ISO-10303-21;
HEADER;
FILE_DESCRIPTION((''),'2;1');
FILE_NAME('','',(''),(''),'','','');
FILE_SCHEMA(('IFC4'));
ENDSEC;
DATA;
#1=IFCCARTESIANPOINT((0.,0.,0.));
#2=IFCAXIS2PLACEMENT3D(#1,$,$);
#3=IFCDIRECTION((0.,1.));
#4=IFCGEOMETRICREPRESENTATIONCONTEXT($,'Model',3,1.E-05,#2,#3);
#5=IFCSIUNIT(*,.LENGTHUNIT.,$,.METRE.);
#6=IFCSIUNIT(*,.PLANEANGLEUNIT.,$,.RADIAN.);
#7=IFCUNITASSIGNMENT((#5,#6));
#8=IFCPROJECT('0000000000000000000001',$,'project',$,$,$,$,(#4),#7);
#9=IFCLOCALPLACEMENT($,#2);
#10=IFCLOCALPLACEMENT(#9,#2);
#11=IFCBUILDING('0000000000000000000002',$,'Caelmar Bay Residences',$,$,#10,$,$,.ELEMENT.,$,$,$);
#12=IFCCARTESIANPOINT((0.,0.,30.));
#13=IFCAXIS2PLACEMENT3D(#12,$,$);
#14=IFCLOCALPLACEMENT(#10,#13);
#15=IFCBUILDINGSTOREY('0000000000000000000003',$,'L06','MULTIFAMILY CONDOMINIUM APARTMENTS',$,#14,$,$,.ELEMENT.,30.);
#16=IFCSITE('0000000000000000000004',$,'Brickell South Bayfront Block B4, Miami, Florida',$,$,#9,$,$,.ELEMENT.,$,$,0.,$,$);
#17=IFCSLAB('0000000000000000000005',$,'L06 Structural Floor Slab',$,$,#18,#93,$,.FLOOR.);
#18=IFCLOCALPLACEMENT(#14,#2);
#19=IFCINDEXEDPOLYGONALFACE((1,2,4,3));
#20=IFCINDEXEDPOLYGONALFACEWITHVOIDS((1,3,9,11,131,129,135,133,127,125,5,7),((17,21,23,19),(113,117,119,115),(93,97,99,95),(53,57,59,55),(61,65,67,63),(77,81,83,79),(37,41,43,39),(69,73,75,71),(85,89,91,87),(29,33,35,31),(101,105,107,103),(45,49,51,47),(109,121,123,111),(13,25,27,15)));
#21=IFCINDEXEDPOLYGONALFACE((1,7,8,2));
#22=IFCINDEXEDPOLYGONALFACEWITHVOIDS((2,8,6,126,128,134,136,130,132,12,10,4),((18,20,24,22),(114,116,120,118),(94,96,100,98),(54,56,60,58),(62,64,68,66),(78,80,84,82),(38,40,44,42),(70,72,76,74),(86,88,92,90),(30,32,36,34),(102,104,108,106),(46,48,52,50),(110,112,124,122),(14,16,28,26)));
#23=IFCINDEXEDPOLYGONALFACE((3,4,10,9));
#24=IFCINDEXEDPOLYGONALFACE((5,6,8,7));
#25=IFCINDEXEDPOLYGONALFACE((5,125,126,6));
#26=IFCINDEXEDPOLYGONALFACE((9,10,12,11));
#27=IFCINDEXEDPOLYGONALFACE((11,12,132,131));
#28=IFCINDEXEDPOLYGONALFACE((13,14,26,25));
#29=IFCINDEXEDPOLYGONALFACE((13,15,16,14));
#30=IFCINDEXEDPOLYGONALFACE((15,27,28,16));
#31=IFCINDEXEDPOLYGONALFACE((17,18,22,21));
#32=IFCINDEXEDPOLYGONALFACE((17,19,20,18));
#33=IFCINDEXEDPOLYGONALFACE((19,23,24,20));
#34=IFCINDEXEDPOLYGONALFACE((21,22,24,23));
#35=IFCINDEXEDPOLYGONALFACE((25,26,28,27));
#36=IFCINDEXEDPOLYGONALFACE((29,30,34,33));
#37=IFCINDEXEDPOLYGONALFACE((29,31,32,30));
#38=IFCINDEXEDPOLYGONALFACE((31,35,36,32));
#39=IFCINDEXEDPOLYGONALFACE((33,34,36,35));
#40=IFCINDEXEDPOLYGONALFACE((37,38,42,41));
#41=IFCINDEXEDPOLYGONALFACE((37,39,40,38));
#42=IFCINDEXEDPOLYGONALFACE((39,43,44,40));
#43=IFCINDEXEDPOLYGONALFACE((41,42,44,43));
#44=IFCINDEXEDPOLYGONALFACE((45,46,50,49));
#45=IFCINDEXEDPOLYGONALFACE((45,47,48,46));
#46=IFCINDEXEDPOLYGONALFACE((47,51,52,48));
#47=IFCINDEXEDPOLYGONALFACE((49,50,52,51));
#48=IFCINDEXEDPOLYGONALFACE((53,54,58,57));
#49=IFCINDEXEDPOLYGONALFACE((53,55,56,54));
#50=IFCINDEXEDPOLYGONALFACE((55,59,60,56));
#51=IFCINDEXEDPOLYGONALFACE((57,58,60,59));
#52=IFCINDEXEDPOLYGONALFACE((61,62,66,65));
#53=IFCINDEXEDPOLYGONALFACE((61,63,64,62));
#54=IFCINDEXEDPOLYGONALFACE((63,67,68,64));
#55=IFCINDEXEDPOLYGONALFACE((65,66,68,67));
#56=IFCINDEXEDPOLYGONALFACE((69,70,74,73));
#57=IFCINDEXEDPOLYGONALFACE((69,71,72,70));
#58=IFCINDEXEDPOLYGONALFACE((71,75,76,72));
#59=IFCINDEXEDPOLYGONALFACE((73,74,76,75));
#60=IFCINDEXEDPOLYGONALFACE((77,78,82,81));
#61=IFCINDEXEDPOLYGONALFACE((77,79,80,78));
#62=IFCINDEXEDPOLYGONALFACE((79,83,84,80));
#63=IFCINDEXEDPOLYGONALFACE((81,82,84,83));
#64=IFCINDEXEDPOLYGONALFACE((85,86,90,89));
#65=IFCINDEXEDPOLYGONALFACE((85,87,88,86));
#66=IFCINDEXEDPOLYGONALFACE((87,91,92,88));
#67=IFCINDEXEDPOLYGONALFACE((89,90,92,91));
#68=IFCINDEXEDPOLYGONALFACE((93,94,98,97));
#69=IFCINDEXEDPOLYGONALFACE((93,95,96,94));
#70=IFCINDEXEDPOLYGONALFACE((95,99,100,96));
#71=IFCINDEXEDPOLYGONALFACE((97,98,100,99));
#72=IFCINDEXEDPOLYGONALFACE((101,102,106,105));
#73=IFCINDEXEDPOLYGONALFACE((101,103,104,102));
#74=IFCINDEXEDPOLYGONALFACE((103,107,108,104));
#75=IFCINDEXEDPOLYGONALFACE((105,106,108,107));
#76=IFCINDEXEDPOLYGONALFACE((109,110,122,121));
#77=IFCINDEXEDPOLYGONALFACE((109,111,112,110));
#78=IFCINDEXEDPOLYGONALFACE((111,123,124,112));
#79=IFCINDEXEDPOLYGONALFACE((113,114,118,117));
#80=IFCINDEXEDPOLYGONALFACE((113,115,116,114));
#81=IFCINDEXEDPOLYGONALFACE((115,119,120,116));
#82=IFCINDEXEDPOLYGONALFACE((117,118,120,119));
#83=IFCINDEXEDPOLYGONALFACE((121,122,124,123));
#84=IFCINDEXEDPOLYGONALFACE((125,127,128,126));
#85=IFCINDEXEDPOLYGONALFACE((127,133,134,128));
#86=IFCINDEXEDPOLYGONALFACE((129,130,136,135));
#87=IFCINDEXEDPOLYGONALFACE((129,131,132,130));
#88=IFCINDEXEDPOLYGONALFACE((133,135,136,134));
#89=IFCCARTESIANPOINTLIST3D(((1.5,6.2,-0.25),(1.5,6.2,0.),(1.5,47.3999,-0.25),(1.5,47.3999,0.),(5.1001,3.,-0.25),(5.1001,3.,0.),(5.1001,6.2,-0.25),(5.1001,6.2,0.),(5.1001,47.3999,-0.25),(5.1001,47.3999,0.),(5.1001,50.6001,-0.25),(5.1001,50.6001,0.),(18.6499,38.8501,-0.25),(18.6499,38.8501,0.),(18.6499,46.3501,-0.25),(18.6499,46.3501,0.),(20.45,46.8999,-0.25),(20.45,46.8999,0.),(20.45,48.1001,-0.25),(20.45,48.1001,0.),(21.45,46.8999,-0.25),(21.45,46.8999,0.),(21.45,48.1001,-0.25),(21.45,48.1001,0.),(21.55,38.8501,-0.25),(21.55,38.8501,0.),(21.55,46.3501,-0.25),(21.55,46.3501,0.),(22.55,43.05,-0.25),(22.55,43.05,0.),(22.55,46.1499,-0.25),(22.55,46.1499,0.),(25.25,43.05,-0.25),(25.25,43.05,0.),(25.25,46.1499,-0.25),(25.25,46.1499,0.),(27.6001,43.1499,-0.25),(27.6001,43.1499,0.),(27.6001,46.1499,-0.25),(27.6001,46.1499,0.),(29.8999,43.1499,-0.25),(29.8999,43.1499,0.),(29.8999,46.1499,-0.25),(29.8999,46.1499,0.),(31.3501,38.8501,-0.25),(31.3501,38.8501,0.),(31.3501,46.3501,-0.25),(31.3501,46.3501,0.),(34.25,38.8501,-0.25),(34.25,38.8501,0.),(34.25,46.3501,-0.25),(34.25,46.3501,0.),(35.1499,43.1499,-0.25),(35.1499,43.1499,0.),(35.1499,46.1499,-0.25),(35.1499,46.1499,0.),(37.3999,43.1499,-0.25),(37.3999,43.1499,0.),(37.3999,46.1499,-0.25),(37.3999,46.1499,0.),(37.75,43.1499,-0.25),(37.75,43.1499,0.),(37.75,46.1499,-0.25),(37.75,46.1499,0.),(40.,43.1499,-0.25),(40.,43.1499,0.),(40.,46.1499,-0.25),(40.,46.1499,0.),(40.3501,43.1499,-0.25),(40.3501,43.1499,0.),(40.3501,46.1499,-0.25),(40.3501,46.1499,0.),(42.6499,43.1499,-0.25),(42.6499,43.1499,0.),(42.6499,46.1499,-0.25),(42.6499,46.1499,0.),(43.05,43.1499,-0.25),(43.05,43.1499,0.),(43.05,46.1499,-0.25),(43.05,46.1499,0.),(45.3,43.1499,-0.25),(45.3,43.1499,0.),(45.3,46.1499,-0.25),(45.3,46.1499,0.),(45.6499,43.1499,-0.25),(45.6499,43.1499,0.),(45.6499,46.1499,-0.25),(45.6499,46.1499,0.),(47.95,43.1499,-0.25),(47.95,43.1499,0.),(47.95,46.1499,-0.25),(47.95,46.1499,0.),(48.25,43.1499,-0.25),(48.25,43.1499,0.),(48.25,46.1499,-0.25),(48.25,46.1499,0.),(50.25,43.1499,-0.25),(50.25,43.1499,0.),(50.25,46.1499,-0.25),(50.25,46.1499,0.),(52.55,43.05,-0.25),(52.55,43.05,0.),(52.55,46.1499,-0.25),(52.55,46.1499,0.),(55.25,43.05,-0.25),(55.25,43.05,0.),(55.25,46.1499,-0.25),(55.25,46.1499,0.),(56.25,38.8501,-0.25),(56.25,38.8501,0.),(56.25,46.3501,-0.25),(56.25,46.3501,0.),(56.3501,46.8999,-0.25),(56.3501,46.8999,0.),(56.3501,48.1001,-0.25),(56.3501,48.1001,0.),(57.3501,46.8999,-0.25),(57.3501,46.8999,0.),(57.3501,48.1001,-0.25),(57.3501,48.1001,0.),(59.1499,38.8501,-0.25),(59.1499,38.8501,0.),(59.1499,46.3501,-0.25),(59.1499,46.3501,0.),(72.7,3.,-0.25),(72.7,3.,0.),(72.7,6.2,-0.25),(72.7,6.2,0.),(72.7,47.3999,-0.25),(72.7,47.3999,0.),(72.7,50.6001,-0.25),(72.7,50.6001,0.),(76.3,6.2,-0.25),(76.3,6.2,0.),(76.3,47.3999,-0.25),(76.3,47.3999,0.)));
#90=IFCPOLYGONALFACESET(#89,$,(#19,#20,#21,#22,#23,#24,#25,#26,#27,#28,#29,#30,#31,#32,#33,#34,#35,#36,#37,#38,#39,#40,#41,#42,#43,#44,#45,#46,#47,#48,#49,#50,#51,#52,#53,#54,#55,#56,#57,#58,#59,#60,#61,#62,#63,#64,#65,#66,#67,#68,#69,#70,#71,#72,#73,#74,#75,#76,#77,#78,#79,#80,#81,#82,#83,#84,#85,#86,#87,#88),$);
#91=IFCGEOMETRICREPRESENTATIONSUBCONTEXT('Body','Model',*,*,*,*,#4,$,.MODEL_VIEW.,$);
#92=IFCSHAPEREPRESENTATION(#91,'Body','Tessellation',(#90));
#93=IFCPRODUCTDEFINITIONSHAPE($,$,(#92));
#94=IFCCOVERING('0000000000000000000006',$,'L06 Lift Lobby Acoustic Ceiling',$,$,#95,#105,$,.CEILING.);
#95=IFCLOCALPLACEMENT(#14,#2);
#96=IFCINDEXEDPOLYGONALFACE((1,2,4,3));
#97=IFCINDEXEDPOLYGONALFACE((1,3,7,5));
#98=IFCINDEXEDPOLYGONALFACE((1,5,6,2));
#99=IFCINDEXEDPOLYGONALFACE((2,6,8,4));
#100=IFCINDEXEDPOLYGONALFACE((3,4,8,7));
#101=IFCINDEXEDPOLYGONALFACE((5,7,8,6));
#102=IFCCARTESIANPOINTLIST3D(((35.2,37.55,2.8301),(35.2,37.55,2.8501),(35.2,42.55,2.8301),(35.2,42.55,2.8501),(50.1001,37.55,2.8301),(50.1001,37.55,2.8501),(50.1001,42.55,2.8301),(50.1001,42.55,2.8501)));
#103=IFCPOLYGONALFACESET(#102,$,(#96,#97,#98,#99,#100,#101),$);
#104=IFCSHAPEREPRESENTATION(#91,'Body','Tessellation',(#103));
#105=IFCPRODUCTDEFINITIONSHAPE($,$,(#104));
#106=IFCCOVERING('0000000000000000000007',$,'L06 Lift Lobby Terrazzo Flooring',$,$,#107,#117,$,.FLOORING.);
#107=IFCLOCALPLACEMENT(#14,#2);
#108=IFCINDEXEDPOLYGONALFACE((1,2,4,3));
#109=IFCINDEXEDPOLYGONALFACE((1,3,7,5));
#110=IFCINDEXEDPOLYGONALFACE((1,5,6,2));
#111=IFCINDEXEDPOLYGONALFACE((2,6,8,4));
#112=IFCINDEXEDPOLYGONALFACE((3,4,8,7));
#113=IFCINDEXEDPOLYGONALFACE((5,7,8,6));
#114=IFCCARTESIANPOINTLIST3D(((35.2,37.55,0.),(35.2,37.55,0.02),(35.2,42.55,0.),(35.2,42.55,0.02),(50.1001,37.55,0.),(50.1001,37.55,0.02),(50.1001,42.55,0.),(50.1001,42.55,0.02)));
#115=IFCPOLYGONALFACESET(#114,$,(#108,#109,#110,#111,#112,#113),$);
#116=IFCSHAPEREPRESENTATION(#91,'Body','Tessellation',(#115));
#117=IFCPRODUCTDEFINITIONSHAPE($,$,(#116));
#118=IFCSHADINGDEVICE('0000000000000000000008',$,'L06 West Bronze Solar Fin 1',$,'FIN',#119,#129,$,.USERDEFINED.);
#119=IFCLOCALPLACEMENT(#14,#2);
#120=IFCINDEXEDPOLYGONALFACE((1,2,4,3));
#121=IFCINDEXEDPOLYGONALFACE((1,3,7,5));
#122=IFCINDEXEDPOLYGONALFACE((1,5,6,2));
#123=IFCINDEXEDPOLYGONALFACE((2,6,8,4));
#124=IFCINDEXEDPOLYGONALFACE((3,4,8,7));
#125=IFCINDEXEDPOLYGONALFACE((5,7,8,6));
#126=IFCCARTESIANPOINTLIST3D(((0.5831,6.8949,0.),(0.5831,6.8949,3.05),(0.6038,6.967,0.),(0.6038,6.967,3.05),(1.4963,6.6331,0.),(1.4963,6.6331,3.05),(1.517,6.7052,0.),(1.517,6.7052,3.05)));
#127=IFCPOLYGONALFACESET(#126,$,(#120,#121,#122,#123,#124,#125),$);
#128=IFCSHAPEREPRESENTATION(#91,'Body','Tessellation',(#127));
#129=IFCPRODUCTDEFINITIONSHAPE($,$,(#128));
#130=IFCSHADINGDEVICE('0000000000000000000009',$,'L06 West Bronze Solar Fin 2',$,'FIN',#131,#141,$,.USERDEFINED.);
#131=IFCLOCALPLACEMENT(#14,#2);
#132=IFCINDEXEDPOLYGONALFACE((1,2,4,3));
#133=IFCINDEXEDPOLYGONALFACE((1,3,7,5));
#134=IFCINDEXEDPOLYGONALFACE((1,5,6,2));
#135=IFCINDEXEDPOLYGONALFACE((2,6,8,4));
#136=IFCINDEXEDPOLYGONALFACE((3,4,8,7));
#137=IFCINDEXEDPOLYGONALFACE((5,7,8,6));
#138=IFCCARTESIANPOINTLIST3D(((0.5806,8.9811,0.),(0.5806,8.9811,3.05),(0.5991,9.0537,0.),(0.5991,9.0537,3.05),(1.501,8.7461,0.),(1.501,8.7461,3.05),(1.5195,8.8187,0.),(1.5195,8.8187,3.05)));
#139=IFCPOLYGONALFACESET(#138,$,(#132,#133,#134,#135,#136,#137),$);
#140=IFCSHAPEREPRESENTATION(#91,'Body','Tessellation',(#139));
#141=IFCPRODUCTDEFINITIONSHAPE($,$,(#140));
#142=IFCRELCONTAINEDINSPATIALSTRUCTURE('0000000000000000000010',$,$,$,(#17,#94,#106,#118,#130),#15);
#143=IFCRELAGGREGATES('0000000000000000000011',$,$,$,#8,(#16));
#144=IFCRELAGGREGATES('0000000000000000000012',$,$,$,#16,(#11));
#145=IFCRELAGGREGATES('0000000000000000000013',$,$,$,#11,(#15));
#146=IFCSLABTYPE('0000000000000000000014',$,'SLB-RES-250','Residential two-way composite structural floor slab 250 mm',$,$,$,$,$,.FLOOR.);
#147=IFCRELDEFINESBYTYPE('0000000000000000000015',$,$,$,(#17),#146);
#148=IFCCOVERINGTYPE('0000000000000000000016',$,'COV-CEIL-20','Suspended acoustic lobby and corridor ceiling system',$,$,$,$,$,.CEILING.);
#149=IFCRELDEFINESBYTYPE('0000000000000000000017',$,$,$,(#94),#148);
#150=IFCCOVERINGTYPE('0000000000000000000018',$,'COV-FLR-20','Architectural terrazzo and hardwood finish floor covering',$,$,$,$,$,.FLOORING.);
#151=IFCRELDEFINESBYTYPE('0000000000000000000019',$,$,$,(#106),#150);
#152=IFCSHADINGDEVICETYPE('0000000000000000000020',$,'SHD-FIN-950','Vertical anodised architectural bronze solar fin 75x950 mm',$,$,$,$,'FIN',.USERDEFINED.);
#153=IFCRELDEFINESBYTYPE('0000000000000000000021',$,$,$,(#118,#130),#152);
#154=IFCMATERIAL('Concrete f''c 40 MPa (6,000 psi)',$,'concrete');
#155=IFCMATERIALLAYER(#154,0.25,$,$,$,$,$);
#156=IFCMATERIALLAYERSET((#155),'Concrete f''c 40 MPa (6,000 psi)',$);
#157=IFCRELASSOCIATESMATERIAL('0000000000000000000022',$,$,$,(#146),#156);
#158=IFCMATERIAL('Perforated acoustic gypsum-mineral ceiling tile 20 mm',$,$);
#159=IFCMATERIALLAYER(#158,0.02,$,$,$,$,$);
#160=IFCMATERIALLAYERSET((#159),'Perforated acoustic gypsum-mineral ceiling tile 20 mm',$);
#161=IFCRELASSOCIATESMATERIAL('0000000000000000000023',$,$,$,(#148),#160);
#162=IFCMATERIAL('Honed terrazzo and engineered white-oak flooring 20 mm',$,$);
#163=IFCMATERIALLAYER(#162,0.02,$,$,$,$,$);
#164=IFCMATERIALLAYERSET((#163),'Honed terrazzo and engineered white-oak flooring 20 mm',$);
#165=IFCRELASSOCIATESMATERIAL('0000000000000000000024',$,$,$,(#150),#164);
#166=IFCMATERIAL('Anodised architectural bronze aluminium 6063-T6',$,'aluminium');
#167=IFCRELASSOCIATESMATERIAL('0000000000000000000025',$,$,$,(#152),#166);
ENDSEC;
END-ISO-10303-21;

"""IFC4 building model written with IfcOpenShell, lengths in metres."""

from ifc_helpers import new_model, si_unit, direction, frame, origin, origin_2d, place, context, subcontext, project, spatial, polyline, rectangle, outline, extrude, material, layer, layer_set, material_profile, profile_set, type_object, element, save


model = new_model("IFC4")

# Units and contexts
model_context = context("Model", 3, precision=1e-05, world=origin(), true_north=direction((0.0, 1.0)))
body_context = subcontext(model_context, "Body", "Model", "MODEL_VIEW")
ifc_project = project(units=[si_unit("LENGTHUNIT", "METRE"), si_unit("PLANEANGLEUNIT", "RADIAN")], contexts=[model_context])

# Site, building, storey
site_placement = place(None, origin())
site = spatial("IfcSite", under=ifc_project, at=site_placement, Name="Brickell South Bayfront Block B4, Miami, Florida", CompositionType="ELEMENT", RefElevation=0.0)
building_placement = place(site_placement, origin())
building = spatial("IfcBuilding", under=site, at=building_placement, Name="Caelmar Bay Residences", CompositionType="ELEMENT")
storey_placement = place(building_placement, frame((0.0, 0.0, 30.0)))
storey = spatial("IfcBuildingStorey", under=building, at=storey_placement, Name="L06", Description="MULTIFAMILY CONDOMINIUM APARTMENTS", CompositionType="ELEMENT", Elevation=30.0)

# Shared definitions
ifc_material_1 = material(Name="Concrete f'c 40 MPa (6,000 psi)", Category="concrete")

# Slab
ifc_layer_1 = layer(ifc_material_1, 0.25)
ifc_layer_set_1 = layer_set([ifc_layer_1], Name="Concrete f'c 40 MPa (6,000 psi)")
slab_type_1 = type_object("IfcSlabType", Name="SLB-RES-250", Description="Residential two-way composite structural floor slab 250 mm", PredefinedType="FLOOR", material=ifc_layer_set_1)
slab_1_placement = place(storey_placement, frame((0.0, 0.0, -0.25)))
element("IfcSlab", 1, at=slab_1_placement, inside=storey, type_object=slab_type_1, Name="L06 Structural Floor Slab", PredefinedType="FLOOR", context=body_context, shape_type="SweptSolid", body=[
    extrude(outline(polyline([(5.1001, 3.0), (72.7, 3.0), (72.7, 6.2), (76.3, 6.2), (76.3, 47.3999), (72.7, 47.3999), (72.7, 50.6001), (5.1001, 50.6001), (5.1001, 47.3999), (1.5, 47.3999), (1.5, 6.2), (5.1001, 6.2), (5.1001, 3.0)]), holes=[polyline([(18.6499, 38.8501), (21.55, 38.8501), (21.55, 46.3501), (18.6499, 46.3501), (18.6499, 38.8501)]), polyline([(56.25, 38.8501), (59.1499, 38.8501), (59.1499, 46.3501), (56.25, 46.3501), (56.25, 38.8501)]), polyline([(31.3501, 38.8501), (34.25, 38.8501), (34.25, 46.3501), (31.3501, 46.3501), (31.3501, 38.8501)]), polyline([(22.55, 43.05), (25.25, 43.05), (25.25, 46.1499), (22.55, 46.1499), (22.55, 43.05)]), polyline([(52.55, 43.05), (55.25, 43.05), (55.25, 46.1499), (52.55, 46.1499), (52.55, 43.05)]), polyline([(35.1499, 43.1499), (37.3999, 43.1499), (37.3999, 46.1499), (35.1499, 46.1499), (35.1499, 43.1499)]), polyline([(37.75, 43.1499), (40.0, 43.1499), (40.0, 46.1499), (37.75, 46.1499), (37.75, 43.1499)]), polyline([(40.3501, 43.1499), (42.6499, 43.1499), (42.6499, 46.1499), (40.3501, 46.1499), (40.3501, 43.1499)]), polyline([(43.05, 43.1499), (45.3, 43.1499), (45.3, 46.1499), (43.05, 46.1499), (43.05, 43.1499)]), polyline([(45.6499, 43.1499), (47.95, 43.1499), (47.95, 46.1499), (45.6499, 46.1499), (45.6499, 43.1499)]), polyline([(48.25, 43.1499), (50.25, 43.1499), (50.25, 46.1499), (48.25, 46.1499), (48.25, 43.1499)]), polyline([(27.6001, 43.1499), (29.8999, 43.1499), (29.8999, 46.1499), (27.6001, 46.1499), (27.6001, 43.1499)]), polyline([(20.45, 46.8999), (21.45, 46.8999), (21.45, 48.1001), (20.45, 48.1001), (20.45, 46.8999)]), polyline([(56.3501, 46.8999), (57.3501, 46.8999), (57.3501, 48.1001), (56.3501, 48.1001), (56.3501, 46.8999)])]), origin(), (0.0, 0.0, 1.0), 0.25),
])

# Coverings
ifc_material_2 = material(Name="Perforated acoustic gypsum-mineral ceiling tile 20 mm")
ifc_layer_2 = layer(ifc_material_2, 0.02)
ifc_layer_set_2 = layer_set([ifc_layer_2], Name="Perforated acoustic gypsum-mineral ceiling tile 20 mm")
covering_type_1 = type_object("IfcCoveringType", Name="COV-CEIL-20", Description="Suspended acoustic lobby and corridor ceiling system", PredefinedType="CEILING", material=ifc_layer_set_2)
covering_1_placement = place(storey_placement, frame((0.0, 0.0, 2.8301)))
element("IfcCovering", 2, at=covering_1_placement, inside=storey, type_object=covering_type_1, Name="L06 Lift Lobby Acoustic Ceiling", PredefinedType="CEILING", context=body_context, shape_type="SweptSolid", body=[
    extrude(outline(polyline([(35.2, 37.55), (50.1001, 37.55), (50.1001, 42.55), (35.2, 42.55), (35.2, 37.55)])), origin(), (0.0, 0.0, 1.0), 0.02),
])
ifc_material_3 = material(Name="Honed terrazzo and engineered white-oak flooring 20 mm")
ifc_layer_3 = layer(ifc_material_3, 0.02)
ifc_layer_set_3 = layer_set([ifc_layer_3], Name="Honed terrazzo and engineered white-oak flooring 20 mm")
covering_type_2 = type_object("IfcCoveringType", Name="COV-FLR-20", Description="Architectural terrazzo and hardwood finish floor covering", PredefinedType="FLOORING", material=ifc_layer_set_3)
covering_2_placement = place(storey_placement, origin())
element("IfcCovering", 3, at=covering_2_placement, inside=storey, type_object=covering_type_2, Name="L06 Lift Lobby Terrazzo Flooring", PredefinedType="FLOORING", context=body_context, shape_type="SweptSolid", body=[
    extrude(outline(polyline([(35.2, 37.55), (50.1001, 37.55), (50.1001, 42.55), (35.2, 42.55), (35.2, 37.55)])), origin(), (0.0, 0.0, 1.0), 0.02),
])

# Shading devices
ifc_material_4 = material(Name="Anodised architectural bronze aluminium 6063-T6", Category="aluminium")
ifc_material_profile_1 = material_profile(ifc_material_4, rectangle(XDim=0.075, YDim=0.95, at=origin_2d()), Name="BRONZE-FIN-75X950")
ifc_profile_set_1 = profile_set([ifc_material_profile_1], Name="Anodised architectural bronze aluminium 6063-T6")
shading_device_type = type_object("IfcShadingDeviceType", Name="SHD-FIN-950", Description="Vertical anodised architectural bronze solar fin 75x950 mm", ElementType="FIN", PredefinedType="USERDEFINED", material=ifc_profile_set_1)
for number, where, z_axis, x_axis, name in (
    (4, (1.05, 6.8, 0.0), (0.0, 0.0, 1.0), (0.275637, 0.961262, 0.0), "L06 West Bronze Solar Fin 1"),
    (5, (1.05, 8.8999, 0.0), (0.0, 0.0, 1.0), (0.247337, 0.968929, 0.0), "L06 West Bronze Solar Fin 2"),
):
    element("IfcShadingDevice", number, at=place(storey_placement, frame(where, z_axis=z_axis, x_axis=x_axis)), inside=storey, type_object=shading_device_type, Name=name, ObjectType="FIN", PredefinedType="USERDEFINED", context=body_context, shape_type="SweptSolid", body=[
        extrude(rectangle(XDim=0.075, YDim=0.95, at=origin_2d()), origin(), (0.0, 0.0, 1.0), 3.05),
    ])

save(model, "model.ifc")
